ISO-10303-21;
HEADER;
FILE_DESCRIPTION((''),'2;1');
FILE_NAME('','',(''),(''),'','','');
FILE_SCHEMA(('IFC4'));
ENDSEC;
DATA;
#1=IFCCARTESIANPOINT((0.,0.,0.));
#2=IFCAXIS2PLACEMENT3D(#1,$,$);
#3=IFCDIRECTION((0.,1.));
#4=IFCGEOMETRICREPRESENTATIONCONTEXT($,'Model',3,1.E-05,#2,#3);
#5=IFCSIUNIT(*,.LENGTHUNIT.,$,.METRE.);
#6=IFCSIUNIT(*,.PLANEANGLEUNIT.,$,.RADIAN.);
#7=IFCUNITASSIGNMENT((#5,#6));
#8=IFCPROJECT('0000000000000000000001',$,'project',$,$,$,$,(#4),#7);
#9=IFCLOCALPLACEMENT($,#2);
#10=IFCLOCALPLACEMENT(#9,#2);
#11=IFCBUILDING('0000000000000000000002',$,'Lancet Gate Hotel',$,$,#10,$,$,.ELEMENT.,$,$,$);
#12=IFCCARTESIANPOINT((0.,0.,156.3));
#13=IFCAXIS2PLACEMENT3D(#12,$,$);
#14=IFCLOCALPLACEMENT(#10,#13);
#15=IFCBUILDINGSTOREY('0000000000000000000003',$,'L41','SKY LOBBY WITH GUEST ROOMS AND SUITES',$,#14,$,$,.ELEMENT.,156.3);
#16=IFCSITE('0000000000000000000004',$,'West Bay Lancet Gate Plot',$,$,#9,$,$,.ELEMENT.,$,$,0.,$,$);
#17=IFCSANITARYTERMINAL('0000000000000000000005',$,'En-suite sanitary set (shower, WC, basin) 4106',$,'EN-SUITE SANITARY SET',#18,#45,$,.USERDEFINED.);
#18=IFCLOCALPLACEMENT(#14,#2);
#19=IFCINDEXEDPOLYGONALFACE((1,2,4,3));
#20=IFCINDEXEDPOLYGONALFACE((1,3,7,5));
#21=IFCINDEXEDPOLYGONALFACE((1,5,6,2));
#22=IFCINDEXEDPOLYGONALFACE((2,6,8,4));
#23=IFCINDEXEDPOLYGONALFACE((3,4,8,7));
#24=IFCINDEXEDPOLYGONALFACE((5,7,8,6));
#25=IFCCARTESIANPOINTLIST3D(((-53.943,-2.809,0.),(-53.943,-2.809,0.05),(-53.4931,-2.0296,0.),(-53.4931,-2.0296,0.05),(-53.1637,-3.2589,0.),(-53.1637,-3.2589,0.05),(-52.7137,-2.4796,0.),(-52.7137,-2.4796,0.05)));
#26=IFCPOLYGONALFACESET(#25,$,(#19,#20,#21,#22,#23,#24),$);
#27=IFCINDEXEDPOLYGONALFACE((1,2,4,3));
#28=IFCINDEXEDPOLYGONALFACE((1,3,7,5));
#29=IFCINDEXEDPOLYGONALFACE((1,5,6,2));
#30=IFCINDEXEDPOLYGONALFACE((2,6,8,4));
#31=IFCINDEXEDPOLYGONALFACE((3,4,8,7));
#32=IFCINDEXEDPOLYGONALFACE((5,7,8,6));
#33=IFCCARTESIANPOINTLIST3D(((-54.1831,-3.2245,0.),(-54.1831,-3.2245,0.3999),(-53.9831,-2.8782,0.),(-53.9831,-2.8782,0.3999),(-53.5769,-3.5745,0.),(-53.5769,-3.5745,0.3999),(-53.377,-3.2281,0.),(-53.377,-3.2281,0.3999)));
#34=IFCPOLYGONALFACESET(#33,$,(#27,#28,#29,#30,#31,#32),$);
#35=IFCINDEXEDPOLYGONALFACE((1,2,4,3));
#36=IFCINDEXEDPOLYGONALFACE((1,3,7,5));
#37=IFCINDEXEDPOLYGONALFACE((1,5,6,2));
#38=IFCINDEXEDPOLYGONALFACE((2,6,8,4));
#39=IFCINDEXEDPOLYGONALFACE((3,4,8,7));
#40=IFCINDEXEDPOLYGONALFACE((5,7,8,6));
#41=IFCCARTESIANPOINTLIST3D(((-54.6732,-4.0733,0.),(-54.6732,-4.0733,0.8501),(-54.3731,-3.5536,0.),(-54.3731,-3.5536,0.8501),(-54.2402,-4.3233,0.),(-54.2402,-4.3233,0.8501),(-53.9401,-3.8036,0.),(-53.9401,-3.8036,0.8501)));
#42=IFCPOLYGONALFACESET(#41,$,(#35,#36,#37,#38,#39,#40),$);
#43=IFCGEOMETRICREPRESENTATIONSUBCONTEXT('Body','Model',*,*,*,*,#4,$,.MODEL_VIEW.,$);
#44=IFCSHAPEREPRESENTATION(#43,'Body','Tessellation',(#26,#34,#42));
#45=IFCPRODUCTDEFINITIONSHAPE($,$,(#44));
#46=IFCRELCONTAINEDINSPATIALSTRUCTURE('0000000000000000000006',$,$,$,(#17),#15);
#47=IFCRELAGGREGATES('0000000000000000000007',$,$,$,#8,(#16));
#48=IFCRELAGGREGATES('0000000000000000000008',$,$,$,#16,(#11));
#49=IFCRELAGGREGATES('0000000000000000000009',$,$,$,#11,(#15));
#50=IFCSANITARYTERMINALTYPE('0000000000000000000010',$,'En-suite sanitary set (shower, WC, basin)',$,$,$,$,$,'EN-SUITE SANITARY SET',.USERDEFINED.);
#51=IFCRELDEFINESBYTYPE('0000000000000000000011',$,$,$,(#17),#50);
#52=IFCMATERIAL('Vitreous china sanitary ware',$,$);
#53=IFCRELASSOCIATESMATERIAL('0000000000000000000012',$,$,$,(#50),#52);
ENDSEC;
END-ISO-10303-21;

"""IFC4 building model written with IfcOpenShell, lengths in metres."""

from ifc_helpers import new_model, si_unit, direction, frame, origin, origin_2d, place, context, subcontext, project, spatial, rectangle, extrude, material, type_object, element, save


model = new_model("IFC4")

# Units and contexts
model_context = context("Model", 3, precision=1e-05, world=origin(), true_north=direction((0.0, 1.0)))
body_context = subcontext(model_context, "Body", "Model", "MODEL_VIEW")
ifc_project = project(units=[si_unit("LENGTHUNIT", "METRE"), si_unit("PLANEANGLEUNIT", "RADIAN")], contexts=[model_context])

# Site, building, storey
site_placement = place(None, origin())
site = spatial("IfcSite", under=ifc_project, at=site_placement, Name="West Bay Lancet Gate Plot", CompositionType="ELEMENT", RefElevation=0.0)
building_placement = place(site_placement, origin())
building = spatial("IfcBuilding", under=site, at=building_placement, Name="Lancet Gate Hotel", CompositionType="ELEMENT")
storey_placement = place(building_placement, frame((0.0, 0.0, 156.3)))
storey = spatial("IfcBuildingStorey", under=building, at=storey_placement, Name="L41", Description="SKY LOBBY WITH GUEST ROOMS AND SUITES", CompositionType="ELEMENT", Elevation=156.3)

# Sanitary terminal
ifc_material_1 = material(Name="Vitreous china sanitary ware")
sanitary_terminal_type = type_object("IfcSanitaryTerminalType", Name="En-suite sanitary set (shower, WC, basin)", ElementType="EN-SUITE SANITARY SET", PredefinedType="USERDEFINED", material=ifc_material_1)
sanitary_terminal_1_placement = place(storey_placement, frame((-53.3284, -2.6443, 0.0), z_axis=(0.0, 0.0, 1.0), x_axis=(1.0, 0.0, 0.0)))
element("IfcSanitaryTerminal", 1, at=sanitary_terminal_1_placement, inside=storey, type_object=sanitary_terminal_type, Name="En-suite sanitary set (shower, WC, basin) 4106", ObjectType="EN-SUITE SANITARY SET", PredefinedType="USERDEFINED", context=body_context, shape_type="SweptSolid", body=[
    extrude(rectangle(XDim=0.8999, YDim=0.8999, at=origin_2d()), frame((0.0, 0.0, 0.0), z_axis=(0.0, 0.0, 1.0), x_axis=(0.5, 0.866025, 0.0)), (0.0, 0.0, 1.0), 0.05),
    extrude(rectangle(XDim=0.3999, YDim=0.7, at=origin_2d()), frame((-0.4517, -0.582, 0.0), z_axis=(0.0, 0.0, 1.0), x_axis=(0.5, 0.866025, 0.0)), (0.0, 0.0, 1.0), 0.3999),
    extrude(rectangle(XDim=0.6001, YDim=0.5, at=origin_2d()), frame((-0.9783, -1.2942, 0.0), z_axis=(0.0, 0.0, 1.0), x_axis=(0.5, 0.866025, 0.0)), (0.0, 0.0, 1.0), 0.8501),
])

save(model, "model.ifc")
